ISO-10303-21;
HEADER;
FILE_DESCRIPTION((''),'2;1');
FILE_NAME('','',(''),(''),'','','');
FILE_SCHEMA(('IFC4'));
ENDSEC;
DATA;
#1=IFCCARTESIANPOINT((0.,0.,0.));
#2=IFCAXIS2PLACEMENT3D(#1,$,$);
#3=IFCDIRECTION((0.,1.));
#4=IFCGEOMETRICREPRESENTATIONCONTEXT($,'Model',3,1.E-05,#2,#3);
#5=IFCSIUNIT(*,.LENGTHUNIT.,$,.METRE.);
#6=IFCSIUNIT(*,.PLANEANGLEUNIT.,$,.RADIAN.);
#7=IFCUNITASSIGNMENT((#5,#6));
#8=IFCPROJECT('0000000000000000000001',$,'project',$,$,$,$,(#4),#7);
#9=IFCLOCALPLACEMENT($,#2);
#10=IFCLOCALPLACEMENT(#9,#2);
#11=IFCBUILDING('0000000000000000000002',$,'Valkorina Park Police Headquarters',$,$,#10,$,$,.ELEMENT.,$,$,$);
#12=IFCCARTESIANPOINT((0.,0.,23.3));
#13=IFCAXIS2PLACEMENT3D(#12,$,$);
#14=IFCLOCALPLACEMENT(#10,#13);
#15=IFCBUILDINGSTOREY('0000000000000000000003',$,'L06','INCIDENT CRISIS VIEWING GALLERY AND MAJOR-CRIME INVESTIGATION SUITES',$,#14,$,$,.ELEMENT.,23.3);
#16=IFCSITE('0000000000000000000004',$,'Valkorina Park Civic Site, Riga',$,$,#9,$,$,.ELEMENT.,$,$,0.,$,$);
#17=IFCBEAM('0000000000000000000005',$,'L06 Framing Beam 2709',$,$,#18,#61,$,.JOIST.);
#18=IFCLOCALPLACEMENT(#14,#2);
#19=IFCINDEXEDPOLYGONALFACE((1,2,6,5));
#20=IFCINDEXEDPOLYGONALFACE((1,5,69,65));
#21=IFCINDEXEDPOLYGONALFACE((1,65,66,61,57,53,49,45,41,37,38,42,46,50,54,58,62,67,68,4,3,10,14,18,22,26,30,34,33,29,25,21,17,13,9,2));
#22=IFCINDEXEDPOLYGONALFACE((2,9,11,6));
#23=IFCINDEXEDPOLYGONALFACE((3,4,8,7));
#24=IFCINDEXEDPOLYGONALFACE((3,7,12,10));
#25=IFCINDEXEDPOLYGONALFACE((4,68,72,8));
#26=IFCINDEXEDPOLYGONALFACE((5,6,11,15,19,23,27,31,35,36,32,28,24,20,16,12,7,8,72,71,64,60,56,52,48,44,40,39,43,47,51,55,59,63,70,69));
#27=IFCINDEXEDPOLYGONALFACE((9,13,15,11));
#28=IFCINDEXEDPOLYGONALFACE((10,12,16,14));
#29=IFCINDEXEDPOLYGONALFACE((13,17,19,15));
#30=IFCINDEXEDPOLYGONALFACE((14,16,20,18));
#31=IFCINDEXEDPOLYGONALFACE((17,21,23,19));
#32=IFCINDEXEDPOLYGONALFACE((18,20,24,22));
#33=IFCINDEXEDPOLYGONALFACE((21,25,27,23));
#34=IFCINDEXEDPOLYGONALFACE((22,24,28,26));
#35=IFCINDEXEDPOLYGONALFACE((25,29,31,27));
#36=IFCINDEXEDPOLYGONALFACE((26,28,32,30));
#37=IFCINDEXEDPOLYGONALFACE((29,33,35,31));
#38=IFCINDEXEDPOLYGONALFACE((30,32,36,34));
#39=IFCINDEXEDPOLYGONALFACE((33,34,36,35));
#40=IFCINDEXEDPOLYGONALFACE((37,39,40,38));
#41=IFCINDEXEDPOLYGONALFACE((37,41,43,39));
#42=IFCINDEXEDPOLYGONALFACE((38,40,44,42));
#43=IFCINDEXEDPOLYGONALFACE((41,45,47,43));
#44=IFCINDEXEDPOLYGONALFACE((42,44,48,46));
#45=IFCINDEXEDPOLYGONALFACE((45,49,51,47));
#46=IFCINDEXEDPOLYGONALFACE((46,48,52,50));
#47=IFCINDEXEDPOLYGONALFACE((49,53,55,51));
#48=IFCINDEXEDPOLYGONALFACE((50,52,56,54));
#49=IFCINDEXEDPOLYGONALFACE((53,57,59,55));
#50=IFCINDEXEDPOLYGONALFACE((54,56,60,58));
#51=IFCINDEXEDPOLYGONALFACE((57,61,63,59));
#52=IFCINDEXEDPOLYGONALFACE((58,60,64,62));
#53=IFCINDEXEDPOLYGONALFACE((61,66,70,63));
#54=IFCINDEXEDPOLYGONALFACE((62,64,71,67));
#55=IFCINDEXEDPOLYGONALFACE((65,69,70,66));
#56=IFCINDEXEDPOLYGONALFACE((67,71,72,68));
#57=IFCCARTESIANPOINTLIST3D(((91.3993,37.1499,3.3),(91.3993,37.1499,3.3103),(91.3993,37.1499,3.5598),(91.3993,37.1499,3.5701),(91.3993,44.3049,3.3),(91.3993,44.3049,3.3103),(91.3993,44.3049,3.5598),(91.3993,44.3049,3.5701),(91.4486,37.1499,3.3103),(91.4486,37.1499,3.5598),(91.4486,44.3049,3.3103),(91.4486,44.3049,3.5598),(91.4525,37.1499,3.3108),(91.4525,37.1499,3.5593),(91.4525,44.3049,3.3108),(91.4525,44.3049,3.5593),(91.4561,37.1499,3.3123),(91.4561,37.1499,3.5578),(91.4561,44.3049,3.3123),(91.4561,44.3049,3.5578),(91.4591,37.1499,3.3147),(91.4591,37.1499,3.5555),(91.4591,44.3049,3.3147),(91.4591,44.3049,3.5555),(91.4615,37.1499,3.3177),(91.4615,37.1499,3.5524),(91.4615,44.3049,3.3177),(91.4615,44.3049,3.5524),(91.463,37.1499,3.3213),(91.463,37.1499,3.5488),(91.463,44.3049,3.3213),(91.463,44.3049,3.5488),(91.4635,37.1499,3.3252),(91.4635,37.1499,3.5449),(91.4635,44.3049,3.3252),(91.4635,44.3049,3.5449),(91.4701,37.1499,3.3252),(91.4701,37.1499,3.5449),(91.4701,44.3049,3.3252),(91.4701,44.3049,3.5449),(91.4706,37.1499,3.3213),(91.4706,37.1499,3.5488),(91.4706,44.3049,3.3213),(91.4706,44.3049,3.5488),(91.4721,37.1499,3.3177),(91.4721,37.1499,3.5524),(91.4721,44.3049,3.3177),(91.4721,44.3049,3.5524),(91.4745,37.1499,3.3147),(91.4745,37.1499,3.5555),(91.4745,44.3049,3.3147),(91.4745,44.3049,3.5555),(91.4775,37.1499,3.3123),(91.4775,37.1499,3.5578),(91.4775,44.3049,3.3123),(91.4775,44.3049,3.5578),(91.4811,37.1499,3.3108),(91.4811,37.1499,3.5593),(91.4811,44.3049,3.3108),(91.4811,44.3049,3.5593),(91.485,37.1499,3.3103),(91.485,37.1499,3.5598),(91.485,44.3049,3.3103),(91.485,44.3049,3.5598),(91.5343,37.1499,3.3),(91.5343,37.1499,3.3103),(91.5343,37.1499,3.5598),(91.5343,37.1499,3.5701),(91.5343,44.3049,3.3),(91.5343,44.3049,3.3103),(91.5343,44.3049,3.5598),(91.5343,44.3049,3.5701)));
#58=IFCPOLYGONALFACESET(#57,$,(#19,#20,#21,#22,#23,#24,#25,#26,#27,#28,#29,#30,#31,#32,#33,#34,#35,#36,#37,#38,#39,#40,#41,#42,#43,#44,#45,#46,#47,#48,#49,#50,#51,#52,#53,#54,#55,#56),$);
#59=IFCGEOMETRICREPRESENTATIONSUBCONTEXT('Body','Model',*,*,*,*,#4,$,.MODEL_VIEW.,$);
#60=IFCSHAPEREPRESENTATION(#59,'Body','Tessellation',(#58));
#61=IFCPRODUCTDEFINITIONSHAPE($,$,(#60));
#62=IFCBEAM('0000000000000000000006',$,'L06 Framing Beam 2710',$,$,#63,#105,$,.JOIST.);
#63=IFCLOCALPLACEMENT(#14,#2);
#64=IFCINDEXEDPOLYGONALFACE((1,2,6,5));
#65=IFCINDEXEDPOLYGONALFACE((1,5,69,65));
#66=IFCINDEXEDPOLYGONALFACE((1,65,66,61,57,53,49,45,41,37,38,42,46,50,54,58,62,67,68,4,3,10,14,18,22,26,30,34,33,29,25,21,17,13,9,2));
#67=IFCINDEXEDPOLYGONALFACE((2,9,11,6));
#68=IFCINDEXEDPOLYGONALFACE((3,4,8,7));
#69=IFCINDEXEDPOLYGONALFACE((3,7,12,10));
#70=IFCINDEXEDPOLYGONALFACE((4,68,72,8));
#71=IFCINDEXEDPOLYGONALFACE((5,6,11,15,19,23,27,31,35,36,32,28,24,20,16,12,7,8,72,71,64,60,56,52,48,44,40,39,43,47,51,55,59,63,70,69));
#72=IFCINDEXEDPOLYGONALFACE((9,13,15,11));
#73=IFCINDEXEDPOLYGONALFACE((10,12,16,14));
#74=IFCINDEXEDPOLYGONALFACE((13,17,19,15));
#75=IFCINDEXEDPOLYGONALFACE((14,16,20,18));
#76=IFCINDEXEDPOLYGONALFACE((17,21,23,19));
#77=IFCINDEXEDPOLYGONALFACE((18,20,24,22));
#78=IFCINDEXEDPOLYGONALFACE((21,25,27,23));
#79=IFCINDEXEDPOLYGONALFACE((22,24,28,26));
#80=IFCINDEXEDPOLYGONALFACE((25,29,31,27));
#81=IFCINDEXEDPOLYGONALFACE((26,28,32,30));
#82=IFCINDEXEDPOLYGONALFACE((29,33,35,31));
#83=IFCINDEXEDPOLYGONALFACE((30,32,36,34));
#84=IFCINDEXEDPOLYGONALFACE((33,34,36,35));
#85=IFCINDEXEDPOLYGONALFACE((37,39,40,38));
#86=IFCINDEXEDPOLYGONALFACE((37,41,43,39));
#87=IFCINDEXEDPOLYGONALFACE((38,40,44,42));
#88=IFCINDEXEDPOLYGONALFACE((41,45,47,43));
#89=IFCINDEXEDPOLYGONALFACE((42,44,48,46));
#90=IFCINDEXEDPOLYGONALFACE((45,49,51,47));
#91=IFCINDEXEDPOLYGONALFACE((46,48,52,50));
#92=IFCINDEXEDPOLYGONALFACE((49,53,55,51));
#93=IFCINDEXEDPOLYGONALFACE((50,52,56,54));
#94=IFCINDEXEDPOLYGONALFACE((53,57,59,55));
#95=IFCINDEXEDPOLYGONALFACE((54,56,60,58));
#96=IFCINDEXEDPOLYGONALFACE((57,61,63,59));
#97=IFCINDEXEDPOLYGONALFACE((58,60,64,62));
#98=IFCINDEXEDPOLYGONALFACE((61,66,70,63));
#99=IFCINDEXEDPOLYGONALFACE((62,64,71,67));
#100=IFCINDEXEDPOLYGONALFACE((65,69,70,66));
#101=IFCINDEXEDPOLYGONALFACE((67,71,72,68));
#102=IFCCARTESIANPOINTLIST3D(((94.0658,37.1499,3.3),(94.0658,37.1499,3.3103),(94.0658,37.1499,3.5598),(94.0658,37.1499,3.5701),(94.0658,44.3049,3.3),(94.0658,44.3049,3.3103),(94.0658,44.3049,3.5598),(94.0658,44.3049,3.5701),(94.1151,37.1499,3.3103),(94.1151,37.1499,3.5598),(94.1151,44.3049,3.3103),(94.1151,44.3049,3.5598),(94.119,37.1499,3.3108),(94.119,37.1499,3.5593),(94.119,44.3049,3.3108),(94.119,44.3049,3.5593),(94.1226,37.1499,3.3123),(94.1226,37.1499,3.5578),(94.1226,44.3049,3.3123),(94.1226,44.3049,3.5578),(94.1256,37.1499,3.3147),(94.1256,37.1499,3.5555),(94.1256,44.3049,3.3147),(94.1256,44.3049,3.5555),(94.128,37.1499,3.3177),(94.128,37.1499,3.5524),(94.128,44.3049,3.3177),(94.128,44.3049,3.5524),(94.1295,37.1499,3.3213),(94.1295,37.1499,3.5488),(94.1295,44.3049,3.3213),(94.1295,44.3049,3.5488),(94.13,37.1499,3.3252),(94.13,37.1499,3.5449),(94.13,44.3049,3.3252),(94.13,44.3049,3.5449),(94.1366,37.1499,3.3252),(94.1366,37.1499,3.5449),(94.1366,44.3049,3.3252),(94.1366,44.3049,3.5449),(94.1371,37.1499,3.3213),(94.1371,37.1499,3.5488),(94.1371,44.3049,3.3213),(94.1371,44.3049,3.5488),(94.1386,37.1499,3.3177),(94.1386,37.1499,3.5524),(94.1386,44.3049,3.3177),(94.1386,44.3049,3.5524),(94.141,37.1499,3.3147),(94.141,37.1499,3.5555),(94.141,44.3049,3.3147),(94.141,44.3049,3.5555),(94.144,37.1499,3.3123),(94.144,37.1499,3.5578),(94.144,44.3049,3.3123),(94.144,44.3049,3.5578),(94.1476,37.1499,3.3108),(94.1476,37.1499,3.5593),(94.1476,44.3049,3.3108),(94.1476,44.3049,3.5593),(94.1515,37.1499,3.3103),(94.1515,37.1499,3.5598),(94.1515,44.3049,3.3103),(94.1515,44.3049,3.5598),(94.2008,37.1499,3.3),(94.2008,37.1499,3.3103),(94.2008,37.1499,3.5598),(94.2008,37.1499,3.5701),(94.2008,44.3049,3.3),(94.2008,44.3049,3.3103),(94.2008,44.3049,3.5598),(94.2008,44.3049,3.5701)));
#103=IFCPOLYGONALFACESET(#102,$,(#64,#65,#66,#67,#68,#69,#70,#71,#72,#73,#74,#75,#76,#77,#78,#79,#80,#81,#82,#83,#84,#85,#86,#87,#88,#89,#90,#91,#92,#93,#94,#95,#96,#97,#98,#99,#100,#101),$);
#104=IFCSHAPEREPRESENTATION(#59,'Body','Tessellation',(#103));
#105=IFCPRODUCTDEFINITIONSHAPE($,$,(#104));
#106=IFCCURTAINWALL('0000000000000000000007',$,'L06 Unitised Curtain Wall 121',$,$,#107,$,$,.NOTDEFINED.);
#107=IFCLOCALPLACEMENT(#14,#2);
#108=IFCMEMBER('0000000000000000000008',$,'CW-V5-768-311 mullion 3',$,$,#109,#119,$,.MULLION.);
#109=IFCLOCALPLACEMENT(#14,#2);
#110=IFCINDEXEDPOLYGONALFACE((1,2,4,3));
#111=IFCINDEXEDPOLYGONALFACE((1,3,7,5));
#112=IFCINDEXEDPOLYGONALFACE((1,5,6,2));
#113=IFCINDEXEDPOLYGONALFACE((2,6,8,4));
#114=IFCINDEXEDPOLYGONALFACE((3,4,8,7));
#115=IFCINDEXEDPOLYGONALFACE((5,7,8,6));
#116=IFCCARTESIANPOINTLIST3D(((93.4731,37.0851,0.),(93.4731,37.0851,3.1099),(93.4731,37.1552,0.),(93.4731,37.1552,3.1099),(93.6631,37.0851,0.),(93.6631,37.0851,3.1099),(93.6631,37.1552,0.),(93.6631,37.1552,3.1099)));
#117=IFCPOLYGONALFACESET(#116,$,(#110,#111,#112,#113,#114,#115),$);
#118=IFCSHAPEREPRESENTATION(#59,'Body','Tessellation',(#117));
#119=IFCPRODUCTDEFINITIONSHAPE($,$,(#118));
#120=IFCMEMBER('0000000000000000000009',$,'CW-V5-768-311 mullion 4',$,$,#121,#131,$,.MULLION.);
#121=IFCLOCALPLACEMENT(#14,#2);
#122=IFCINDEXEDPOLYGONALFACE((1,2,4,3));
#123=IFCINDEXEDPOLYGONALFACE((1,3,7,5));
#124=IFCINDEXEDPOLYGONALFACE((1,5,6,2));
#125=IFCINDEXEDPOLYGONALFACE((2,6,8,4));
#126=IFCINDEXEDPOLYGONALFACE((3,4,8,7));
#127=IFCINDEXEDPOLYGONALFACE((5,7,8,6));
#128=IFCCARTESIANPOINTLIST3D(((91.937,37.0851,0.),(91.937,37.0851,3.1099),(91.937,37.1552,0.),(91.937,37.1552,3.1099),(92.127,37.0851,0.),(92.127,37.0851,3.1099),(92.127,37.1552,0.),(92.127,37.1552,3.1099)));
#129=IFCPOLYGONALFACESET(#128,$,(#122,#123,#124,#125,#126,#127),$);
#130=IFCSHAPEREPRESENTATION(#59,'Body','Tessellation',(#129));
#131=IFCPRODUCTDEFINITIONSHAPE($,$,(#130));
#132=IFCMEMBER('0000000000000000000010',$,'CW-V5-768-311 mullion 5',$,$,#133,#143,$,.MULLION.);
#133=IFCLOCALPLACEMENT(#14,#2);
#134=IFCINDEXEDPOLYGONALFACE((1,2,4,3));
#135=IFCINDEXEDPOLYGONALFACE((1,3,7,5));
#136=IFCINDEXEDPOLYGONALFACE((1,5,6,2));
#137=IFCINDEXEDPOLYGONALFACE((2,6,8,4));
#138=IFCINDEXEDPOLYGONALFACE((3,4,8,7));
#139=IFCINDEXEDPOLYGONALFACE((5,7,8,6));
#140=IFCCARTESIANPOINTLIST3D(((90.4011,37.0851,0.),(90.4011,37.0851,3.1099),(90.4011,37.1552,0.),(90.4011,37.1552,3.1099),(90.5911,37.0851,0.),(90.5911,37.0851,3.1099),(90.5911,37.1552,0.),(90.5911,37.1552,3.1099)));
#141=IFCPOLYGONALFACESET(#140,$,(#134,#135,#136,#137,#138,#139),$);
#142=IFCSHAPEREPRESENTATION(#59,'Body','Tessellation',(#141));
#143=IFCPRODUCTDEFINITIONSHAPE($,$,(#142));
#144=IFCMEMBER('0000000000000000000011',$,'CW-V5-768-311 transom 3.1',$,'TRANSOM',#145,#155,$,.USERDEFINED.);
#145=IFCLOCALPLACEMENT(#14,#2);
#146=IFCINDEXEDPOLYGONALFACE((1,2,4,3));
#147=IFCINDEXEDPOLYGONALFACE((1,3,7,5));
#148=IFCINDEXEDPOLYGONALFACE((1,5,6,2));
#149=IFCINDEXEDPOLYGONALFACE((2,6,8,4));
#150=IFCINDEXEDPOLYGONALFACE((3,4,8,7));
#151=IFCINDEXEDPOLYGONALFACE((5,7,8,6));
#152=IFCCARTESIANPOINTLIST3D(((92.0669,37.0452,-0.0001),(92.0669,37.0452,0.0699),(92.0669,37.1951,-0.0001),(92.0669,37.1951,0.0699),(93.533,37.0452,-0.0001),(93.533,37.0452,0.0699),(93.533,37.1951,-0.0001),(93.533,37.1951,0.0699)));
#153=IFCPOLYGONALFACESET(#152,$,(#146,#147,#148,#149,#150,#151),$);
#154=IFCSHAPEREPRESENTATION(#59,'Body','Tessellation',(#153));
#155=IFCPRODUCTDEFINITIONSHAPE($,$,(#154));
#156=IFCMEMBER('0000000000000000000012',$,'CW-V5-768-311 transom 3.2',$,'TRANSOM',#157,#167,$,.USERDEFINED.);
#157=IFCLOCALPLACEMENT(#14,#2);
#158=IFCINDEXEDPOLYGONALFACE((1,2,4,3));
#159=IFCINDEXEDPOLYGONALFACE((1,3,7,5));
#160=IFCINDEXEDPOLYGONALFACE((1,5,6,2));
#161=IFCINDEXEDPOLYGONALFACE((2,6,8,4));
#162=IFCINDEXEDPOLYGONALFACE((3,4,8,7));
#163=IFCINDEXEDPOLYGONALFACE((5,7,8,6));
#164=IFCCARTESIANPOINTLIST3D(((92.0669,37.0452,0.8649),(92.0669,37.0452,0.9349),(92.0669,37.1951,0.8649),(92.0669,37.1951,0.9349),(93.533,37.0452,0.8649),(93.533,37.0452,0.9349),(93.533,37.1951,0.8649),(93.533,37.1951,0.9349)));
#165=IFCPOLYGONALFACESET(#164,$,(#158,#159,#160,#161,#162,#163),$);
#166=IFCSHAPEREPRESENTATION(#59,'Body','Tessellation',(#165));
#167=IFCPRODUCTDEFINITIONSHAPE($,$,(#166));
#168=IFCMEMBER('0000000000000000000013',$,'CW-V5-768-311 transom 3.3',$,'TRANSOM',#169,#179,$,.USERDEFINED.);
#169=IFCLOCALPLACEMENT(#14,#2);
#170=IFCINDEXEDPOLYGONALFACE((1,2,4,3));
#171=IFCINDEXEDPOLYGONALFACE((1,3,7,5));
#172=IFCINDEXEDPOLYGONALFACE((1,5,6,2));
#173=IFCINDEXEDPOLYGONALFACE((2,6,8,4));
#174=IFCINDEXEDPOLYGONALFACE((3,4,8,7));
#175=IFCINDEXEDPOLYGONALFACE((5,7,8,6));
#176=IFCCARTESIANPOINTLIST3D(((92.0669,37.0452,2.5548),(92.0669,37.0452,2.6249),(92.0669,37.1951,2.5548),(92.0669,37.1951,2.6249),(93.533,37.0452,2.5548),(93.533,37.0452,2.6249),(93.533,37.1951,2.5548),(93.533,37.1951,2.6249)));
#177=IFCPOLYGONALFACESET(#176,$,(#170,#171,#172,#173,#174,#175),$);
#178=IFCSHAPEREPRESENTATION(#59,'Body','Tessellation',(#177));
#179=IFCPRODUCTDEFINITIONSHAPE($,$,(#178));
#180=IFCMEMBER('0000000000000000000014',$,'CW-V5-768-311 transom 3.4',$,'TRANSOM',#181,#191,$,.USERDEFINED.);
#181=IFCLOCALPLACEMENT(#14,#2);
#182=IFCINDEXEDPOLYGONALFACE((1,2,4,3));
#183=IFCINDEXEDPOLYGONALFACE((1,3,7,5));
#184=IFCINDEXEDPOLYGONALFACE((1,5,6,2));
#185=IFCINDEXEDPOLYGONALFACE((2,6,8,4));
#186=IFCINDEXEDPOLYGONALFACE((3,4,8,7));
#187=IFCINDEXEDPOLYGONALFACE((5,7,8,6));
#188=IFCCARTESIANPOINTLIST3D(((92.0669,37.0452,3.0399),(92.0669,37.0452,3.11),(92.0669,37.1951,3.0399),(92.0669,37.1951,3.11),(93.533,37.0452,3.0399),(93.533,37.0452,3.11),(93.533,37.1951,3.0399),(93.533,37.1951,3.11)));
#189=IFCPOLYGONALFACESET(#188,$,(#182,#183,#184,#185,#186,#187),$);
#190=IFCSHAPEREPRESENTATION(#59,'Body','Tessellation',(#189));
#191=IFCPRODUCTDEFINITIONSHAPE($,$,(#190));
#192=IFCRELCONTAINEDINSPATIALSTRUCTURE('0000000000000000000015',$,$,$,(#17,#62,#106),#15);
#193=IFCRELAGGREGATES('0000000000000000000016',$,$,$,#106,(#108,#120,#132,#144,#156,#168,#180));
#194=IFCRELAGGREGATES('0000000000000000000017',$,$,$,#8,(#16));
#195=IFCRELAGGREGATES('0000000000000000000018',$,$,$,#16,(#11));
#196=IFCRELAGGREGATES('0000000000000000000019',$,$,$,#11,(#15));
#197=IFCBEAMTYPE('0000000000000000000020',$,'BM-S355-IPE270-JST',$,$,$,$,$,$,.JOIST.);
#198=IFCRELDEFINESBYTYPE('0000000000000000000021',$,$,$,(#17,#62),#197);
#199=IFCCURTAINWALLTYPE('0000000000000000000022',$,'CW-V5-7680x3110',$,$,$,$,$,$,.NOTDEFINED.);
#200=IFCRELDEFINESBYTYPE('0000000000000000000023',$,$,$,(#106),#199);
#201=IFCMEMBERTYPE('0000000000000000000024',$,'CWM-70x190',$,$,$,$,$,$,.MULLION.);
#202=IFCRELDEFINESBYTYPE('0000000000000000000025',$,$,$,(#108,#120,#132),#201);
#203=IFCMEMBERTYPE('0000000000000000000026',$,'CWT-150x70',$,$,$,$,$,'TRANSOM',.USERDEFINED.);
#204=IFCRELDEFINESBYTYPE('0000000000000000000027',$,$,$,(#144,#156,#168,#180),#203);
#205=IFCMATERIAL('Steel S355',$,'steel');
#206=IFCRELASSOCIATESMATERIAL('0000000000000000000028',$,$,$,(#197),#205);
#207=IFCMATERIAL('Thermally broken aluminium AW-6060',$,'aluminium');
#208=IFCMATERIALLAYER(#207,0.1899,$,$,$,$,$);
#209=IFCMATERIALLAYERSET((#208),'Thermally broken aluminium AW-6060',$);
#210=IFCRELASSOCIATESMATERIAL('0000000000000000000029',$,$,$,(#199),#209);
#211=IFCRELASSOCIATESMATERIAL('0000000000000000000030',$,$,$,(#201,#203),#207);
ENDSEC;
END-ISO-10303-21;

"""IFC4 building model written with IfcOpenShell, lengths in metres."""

from ifc_helpers import new_model, si_unit, direction, frame, origin, origin_2d, place, context, subcontext, project, spatial, rectangle, i_section, extrude, material, layer, layer_set, material_profile, profile_set, type_object, element, aggregate, save


model = new_model("IFC4")

# Units and contexts
model_context = context("Model", 3, precision=1e-05, world=origin(), true_north=direction((0.0, 1.0)))
body_context = subcontext(model_context, "Body", "Model", "MODEL_VIEW")
ifc_project = project(units=[si_unit("LENGTHUNIT", "METRE"), si_unit("PLANEANGLEUNIT", "RADIAN")], contexts=[model_context])

# Site, building, storey
site_placement = place(None, origin())
site = spatial("IfcSite", under=ifc_project, at=site_placement, Name="Valkorina Park Civic Site, Riga", CompositionType="ELEMENT", RefElevation=0.0)
building_placement = place(site_placement, origin())
building = spatial("IfcBuilding", under=site, at=building_placement, Name="Valkorina Park Police Headquarters", CompositionType="ELEMENT")
storey_placement = place(building_placement, frame((0.0, 0.0, 23.3)))
storey = spatial("IfcBuildingStorey", under=building, at=storey_placement, Name="L06", Description="INCIDENT CRISIS VIEWING GALLERY AND MAJOR-CRIME INVESTIGATION SUITES", CompositionType="ELEMENT", Elevation=23.3)

# Beams
ifc_material_1 = material(Name="Steel S355", Category="steel")
ifc_material_profile_1 = material_profile(ifc_material_1, i_section(OverallWidth=0.135, OverallDepth=0.27, WebThickness=0.0066, FlangeThickness=0.0103, FilletRadius=0.0149, at=origin_2d()), Name="IPE 270")
ifc_profile_set_1 = profile_set([ifc_material_profile_1], Name="Steel S355")
beam_type = type_object("IfcBeamType", Name="BM-S355-IPE270-JST", PredefinedType="JOIST", material=ifc_profile_set_1)
for number, where, z_axis, x_axis, name in (
    (1, (91.4668, 37.1499, 3.4351), (0.0, 1.0, 0.0), (-1.0, 0.0, 0.0), "L06 Framing Beam 2709"),
    (2, (94.1333, 37.1499, 3.4351), (0.0, 1.0, 0.0), (-1.0, 0.0, 0.0), "L06 Framing Beam 2710"),
):
    element("IfcBeam", number, at=place(storey_placement, frame(where, z_axis=z_axis, x_axis=x_axis)), inside=storey, type_object=beam_type, Name=name, PredefinedType="JOIST", context=body_context, shape_type="SweptSolid", body=[
        extrude(i_section(OverallWidth=0.135, OverallDepth=0.27, WebThickness=0.0066, FlangeThickness=0.0103, FilletRadius=0.0149, at=origin_2d()), origin(), (0.0, 0.0, 1.0), 7.155),
    ])

# Curtain wall, members
ifc_material_2 = material(Name="Thermally broken aluminium AW-6060", Category="aluminium")
ifc_layer_1 = layer(ifc_material_2, 0.1899)
ifc_layer_set_1 = layer_set([ifc_layer_1], Name="Thermally broken aluminium AW-6060")
curtain_wall_type = type_object("IfcCurtainWallType", Name="CW-V5-7680x3110", PredefinedType="NOTDEFINED", material=ifc_layer_set_1)
curtain_wall_placement = place(storey_placement, origin())
curtain_wall = element("IfcCurtainWall", 3, at=curtain_wall_placement, inside=storey, type_object=curtain_wall_type, Name="L06 Unitised Curtain Wall 121", PredefinedType="NOTDEFINED")
ifc_material_profile_2 = material_profile(ifc_material_2, rectangle(XDim=0.0701, YDim=0.1899, at=origin_2d()), Name="CWM-02 70x190")
ifc_profile_set_2 = profile_set([ifc_material_profile_2], Name="Thermally broken aluminium AW-6060")
member_type_1 = type_object("IfcMemberType", Name="CWM-70x190", PredefinedType="MULLION", material=ifc_profile_set_2)
member_1_placement = place(storey_placement, frame((93.5681, 37.1201, 0.0), z_axis=(0.0, 0.0, 1.0), x_axis=(0.0, -1.0, 0.0)))
member_1 = element("IfcMember", 4, at=member_1_placement, type_object=member_type_1, Name="CW-V5-768-311 mullion 3", PredefinedType="MULLION", context=body_context, shape_type="SweptSolid", body=[
    extrude(rectangle(XDim=0.0701, YDim=0.1899, at=origin_2d()), origin(), (0.0, 0.0, 1.0), 3.1099),
])
member_2_placement = place(storey_placement, frame((92.032, 37.1201, 0.0), z_axis=(0.0, 0.0, 1.0), x_axis=(0.0, -1.0, 0.0)))
member_2 = element("IfcMember", 5, at=member_2_placement, type_object=member_type_1, Name="CW-V5-768-311 mullion 4", PredefinedType="MULLION", context=body_context, shape_type="SweptSolid", body=[
    extrude(rectangle(XDim=0.0701, YDim=0.1899, at=origin_2d()), origin(), (0.0, 0.0, 1.0), 3.1099),
])
member_3_placement = place(storey_placement, frame((90.4961, 37.1201, 0.0), z_axis=(0.0, 0.0, 1.0), x_axis=(0.0, -1.0, 0.0)))
member_3 = element("IfcMember", 6, at=member_3_placement, type_object=member_type_1, Name="CW-V5-768-311 mullion 5", PredefinedType="MULLION", context=body_context, shape_type="SweptSolid", body=[
    extrude(rectangle(XDim=0.0701, YDim=0.1899, at=origin_2d()), origin(), (0.0, 0.0, 1.0), 3.1099),
])
ifc_material_profile_3 = material_profile(ifc_material_2, rectangle(XDim=0.1499, YDim=0.0701, at=origin_2d()), Name="CWT-02 150x70")
ifc_profile_set_3 = profile_set([ifc_material_profile_3], Name="Thermally broken aluminium AW-6060")
member_type_2 = type_object("IfcMemberType", Name="CWT-150x70", ElementType="TRANSOM", PredefinedType="USERDEFINED", material=ifc_profile_set_3)
member_4_placement = place(storey_placement, frame((93.533, 37.1201, 0.0349), z_axis=(-1.0, 0.0, 0.0), x_axis=(0.0, -1.0, 0.0)))
member_4 = element("IfcMember", 7, at=member_4_placement, type_object=member_type_2, Name="CW-V5-768-311 transom 3.1", ObjectType="TRANSOM", PredefinedType="USERDEFINED", context=body_context, shape_type="SweptSolid", body=[
    extrude(rectangle(XDim=0.1499, YDim=0.0701, at=origin_2d()), origin(), (0.0, 0.0, 1.0), 1.4661),
])
member_5_placement = place(storey_placement, frame((93.533, 37.1201, 0.8999), z_axis=(-1.0, 0.0, 0.0), x_axis=(0.0, -1.0, 0.0)))
member_5 = element("IfcMember", 8, at=member_5_placement, type_object=member_type_2, Name="CW-V5-768-311 transom 3.2", ObjectType="TRANSOM", PredefinedType="USERDEFINED", context=body_context, shape_type="SweptSolid", body=[
    extrude(rectangle(XDim=0.1499, YDim=0.0701, at=origin_2d()), origin(), (0.0, 0.0, 1.0), 1.4661),
])
member_6_placement = place(storey_placement, frame((93.533, 37.1201, 2.5898), z_axis=(-1.0, 0.0, 0.0), x_axis=(0.0, -1.0, 0.0)))
member_6 = element("IfcMember", 9, at=member_6_placement, type_object=member_type_2, Name="CW-V5-768-311 transom 3.3", ObjectType="TRANSOM", PredefinedType="USERDEFINED", context=body_context, shape_type="SweptSolid", body=[
    extrude(rectangle(XDim=0.1499, YDim=0.0701, at=origin_2d()), origin(), (0.0, 0.0, 1.0), 1.4661),
])
member_7_placement = place(storey_placement, frame((93.533, 37.1201, 3.075), z_axis=(-1.0, 0.0, 0.0), x_axis=(0.0, -1.0, 0.0)))
member_7 = element("IfcMember", 10, at=member_7_placement, type_object=member_type_2, Name="CW-V5-768-311 transom 3.4", ObjectType="TRANSOM", PredefinedType="USERDEFINED", context=body_context, shape_type="SweptSolid", body=[
    extrude(rectangle(XDim=0.1499, YDim=0.0701, at=origin_2d()), origin(), (0.0, 0.0, 1.0), 1.4661),
])
aggregate(curtain_wall, [member_1, member_2, member_3, member_4, member_5, member_6, member_7])

save(model, "model.ifc")
